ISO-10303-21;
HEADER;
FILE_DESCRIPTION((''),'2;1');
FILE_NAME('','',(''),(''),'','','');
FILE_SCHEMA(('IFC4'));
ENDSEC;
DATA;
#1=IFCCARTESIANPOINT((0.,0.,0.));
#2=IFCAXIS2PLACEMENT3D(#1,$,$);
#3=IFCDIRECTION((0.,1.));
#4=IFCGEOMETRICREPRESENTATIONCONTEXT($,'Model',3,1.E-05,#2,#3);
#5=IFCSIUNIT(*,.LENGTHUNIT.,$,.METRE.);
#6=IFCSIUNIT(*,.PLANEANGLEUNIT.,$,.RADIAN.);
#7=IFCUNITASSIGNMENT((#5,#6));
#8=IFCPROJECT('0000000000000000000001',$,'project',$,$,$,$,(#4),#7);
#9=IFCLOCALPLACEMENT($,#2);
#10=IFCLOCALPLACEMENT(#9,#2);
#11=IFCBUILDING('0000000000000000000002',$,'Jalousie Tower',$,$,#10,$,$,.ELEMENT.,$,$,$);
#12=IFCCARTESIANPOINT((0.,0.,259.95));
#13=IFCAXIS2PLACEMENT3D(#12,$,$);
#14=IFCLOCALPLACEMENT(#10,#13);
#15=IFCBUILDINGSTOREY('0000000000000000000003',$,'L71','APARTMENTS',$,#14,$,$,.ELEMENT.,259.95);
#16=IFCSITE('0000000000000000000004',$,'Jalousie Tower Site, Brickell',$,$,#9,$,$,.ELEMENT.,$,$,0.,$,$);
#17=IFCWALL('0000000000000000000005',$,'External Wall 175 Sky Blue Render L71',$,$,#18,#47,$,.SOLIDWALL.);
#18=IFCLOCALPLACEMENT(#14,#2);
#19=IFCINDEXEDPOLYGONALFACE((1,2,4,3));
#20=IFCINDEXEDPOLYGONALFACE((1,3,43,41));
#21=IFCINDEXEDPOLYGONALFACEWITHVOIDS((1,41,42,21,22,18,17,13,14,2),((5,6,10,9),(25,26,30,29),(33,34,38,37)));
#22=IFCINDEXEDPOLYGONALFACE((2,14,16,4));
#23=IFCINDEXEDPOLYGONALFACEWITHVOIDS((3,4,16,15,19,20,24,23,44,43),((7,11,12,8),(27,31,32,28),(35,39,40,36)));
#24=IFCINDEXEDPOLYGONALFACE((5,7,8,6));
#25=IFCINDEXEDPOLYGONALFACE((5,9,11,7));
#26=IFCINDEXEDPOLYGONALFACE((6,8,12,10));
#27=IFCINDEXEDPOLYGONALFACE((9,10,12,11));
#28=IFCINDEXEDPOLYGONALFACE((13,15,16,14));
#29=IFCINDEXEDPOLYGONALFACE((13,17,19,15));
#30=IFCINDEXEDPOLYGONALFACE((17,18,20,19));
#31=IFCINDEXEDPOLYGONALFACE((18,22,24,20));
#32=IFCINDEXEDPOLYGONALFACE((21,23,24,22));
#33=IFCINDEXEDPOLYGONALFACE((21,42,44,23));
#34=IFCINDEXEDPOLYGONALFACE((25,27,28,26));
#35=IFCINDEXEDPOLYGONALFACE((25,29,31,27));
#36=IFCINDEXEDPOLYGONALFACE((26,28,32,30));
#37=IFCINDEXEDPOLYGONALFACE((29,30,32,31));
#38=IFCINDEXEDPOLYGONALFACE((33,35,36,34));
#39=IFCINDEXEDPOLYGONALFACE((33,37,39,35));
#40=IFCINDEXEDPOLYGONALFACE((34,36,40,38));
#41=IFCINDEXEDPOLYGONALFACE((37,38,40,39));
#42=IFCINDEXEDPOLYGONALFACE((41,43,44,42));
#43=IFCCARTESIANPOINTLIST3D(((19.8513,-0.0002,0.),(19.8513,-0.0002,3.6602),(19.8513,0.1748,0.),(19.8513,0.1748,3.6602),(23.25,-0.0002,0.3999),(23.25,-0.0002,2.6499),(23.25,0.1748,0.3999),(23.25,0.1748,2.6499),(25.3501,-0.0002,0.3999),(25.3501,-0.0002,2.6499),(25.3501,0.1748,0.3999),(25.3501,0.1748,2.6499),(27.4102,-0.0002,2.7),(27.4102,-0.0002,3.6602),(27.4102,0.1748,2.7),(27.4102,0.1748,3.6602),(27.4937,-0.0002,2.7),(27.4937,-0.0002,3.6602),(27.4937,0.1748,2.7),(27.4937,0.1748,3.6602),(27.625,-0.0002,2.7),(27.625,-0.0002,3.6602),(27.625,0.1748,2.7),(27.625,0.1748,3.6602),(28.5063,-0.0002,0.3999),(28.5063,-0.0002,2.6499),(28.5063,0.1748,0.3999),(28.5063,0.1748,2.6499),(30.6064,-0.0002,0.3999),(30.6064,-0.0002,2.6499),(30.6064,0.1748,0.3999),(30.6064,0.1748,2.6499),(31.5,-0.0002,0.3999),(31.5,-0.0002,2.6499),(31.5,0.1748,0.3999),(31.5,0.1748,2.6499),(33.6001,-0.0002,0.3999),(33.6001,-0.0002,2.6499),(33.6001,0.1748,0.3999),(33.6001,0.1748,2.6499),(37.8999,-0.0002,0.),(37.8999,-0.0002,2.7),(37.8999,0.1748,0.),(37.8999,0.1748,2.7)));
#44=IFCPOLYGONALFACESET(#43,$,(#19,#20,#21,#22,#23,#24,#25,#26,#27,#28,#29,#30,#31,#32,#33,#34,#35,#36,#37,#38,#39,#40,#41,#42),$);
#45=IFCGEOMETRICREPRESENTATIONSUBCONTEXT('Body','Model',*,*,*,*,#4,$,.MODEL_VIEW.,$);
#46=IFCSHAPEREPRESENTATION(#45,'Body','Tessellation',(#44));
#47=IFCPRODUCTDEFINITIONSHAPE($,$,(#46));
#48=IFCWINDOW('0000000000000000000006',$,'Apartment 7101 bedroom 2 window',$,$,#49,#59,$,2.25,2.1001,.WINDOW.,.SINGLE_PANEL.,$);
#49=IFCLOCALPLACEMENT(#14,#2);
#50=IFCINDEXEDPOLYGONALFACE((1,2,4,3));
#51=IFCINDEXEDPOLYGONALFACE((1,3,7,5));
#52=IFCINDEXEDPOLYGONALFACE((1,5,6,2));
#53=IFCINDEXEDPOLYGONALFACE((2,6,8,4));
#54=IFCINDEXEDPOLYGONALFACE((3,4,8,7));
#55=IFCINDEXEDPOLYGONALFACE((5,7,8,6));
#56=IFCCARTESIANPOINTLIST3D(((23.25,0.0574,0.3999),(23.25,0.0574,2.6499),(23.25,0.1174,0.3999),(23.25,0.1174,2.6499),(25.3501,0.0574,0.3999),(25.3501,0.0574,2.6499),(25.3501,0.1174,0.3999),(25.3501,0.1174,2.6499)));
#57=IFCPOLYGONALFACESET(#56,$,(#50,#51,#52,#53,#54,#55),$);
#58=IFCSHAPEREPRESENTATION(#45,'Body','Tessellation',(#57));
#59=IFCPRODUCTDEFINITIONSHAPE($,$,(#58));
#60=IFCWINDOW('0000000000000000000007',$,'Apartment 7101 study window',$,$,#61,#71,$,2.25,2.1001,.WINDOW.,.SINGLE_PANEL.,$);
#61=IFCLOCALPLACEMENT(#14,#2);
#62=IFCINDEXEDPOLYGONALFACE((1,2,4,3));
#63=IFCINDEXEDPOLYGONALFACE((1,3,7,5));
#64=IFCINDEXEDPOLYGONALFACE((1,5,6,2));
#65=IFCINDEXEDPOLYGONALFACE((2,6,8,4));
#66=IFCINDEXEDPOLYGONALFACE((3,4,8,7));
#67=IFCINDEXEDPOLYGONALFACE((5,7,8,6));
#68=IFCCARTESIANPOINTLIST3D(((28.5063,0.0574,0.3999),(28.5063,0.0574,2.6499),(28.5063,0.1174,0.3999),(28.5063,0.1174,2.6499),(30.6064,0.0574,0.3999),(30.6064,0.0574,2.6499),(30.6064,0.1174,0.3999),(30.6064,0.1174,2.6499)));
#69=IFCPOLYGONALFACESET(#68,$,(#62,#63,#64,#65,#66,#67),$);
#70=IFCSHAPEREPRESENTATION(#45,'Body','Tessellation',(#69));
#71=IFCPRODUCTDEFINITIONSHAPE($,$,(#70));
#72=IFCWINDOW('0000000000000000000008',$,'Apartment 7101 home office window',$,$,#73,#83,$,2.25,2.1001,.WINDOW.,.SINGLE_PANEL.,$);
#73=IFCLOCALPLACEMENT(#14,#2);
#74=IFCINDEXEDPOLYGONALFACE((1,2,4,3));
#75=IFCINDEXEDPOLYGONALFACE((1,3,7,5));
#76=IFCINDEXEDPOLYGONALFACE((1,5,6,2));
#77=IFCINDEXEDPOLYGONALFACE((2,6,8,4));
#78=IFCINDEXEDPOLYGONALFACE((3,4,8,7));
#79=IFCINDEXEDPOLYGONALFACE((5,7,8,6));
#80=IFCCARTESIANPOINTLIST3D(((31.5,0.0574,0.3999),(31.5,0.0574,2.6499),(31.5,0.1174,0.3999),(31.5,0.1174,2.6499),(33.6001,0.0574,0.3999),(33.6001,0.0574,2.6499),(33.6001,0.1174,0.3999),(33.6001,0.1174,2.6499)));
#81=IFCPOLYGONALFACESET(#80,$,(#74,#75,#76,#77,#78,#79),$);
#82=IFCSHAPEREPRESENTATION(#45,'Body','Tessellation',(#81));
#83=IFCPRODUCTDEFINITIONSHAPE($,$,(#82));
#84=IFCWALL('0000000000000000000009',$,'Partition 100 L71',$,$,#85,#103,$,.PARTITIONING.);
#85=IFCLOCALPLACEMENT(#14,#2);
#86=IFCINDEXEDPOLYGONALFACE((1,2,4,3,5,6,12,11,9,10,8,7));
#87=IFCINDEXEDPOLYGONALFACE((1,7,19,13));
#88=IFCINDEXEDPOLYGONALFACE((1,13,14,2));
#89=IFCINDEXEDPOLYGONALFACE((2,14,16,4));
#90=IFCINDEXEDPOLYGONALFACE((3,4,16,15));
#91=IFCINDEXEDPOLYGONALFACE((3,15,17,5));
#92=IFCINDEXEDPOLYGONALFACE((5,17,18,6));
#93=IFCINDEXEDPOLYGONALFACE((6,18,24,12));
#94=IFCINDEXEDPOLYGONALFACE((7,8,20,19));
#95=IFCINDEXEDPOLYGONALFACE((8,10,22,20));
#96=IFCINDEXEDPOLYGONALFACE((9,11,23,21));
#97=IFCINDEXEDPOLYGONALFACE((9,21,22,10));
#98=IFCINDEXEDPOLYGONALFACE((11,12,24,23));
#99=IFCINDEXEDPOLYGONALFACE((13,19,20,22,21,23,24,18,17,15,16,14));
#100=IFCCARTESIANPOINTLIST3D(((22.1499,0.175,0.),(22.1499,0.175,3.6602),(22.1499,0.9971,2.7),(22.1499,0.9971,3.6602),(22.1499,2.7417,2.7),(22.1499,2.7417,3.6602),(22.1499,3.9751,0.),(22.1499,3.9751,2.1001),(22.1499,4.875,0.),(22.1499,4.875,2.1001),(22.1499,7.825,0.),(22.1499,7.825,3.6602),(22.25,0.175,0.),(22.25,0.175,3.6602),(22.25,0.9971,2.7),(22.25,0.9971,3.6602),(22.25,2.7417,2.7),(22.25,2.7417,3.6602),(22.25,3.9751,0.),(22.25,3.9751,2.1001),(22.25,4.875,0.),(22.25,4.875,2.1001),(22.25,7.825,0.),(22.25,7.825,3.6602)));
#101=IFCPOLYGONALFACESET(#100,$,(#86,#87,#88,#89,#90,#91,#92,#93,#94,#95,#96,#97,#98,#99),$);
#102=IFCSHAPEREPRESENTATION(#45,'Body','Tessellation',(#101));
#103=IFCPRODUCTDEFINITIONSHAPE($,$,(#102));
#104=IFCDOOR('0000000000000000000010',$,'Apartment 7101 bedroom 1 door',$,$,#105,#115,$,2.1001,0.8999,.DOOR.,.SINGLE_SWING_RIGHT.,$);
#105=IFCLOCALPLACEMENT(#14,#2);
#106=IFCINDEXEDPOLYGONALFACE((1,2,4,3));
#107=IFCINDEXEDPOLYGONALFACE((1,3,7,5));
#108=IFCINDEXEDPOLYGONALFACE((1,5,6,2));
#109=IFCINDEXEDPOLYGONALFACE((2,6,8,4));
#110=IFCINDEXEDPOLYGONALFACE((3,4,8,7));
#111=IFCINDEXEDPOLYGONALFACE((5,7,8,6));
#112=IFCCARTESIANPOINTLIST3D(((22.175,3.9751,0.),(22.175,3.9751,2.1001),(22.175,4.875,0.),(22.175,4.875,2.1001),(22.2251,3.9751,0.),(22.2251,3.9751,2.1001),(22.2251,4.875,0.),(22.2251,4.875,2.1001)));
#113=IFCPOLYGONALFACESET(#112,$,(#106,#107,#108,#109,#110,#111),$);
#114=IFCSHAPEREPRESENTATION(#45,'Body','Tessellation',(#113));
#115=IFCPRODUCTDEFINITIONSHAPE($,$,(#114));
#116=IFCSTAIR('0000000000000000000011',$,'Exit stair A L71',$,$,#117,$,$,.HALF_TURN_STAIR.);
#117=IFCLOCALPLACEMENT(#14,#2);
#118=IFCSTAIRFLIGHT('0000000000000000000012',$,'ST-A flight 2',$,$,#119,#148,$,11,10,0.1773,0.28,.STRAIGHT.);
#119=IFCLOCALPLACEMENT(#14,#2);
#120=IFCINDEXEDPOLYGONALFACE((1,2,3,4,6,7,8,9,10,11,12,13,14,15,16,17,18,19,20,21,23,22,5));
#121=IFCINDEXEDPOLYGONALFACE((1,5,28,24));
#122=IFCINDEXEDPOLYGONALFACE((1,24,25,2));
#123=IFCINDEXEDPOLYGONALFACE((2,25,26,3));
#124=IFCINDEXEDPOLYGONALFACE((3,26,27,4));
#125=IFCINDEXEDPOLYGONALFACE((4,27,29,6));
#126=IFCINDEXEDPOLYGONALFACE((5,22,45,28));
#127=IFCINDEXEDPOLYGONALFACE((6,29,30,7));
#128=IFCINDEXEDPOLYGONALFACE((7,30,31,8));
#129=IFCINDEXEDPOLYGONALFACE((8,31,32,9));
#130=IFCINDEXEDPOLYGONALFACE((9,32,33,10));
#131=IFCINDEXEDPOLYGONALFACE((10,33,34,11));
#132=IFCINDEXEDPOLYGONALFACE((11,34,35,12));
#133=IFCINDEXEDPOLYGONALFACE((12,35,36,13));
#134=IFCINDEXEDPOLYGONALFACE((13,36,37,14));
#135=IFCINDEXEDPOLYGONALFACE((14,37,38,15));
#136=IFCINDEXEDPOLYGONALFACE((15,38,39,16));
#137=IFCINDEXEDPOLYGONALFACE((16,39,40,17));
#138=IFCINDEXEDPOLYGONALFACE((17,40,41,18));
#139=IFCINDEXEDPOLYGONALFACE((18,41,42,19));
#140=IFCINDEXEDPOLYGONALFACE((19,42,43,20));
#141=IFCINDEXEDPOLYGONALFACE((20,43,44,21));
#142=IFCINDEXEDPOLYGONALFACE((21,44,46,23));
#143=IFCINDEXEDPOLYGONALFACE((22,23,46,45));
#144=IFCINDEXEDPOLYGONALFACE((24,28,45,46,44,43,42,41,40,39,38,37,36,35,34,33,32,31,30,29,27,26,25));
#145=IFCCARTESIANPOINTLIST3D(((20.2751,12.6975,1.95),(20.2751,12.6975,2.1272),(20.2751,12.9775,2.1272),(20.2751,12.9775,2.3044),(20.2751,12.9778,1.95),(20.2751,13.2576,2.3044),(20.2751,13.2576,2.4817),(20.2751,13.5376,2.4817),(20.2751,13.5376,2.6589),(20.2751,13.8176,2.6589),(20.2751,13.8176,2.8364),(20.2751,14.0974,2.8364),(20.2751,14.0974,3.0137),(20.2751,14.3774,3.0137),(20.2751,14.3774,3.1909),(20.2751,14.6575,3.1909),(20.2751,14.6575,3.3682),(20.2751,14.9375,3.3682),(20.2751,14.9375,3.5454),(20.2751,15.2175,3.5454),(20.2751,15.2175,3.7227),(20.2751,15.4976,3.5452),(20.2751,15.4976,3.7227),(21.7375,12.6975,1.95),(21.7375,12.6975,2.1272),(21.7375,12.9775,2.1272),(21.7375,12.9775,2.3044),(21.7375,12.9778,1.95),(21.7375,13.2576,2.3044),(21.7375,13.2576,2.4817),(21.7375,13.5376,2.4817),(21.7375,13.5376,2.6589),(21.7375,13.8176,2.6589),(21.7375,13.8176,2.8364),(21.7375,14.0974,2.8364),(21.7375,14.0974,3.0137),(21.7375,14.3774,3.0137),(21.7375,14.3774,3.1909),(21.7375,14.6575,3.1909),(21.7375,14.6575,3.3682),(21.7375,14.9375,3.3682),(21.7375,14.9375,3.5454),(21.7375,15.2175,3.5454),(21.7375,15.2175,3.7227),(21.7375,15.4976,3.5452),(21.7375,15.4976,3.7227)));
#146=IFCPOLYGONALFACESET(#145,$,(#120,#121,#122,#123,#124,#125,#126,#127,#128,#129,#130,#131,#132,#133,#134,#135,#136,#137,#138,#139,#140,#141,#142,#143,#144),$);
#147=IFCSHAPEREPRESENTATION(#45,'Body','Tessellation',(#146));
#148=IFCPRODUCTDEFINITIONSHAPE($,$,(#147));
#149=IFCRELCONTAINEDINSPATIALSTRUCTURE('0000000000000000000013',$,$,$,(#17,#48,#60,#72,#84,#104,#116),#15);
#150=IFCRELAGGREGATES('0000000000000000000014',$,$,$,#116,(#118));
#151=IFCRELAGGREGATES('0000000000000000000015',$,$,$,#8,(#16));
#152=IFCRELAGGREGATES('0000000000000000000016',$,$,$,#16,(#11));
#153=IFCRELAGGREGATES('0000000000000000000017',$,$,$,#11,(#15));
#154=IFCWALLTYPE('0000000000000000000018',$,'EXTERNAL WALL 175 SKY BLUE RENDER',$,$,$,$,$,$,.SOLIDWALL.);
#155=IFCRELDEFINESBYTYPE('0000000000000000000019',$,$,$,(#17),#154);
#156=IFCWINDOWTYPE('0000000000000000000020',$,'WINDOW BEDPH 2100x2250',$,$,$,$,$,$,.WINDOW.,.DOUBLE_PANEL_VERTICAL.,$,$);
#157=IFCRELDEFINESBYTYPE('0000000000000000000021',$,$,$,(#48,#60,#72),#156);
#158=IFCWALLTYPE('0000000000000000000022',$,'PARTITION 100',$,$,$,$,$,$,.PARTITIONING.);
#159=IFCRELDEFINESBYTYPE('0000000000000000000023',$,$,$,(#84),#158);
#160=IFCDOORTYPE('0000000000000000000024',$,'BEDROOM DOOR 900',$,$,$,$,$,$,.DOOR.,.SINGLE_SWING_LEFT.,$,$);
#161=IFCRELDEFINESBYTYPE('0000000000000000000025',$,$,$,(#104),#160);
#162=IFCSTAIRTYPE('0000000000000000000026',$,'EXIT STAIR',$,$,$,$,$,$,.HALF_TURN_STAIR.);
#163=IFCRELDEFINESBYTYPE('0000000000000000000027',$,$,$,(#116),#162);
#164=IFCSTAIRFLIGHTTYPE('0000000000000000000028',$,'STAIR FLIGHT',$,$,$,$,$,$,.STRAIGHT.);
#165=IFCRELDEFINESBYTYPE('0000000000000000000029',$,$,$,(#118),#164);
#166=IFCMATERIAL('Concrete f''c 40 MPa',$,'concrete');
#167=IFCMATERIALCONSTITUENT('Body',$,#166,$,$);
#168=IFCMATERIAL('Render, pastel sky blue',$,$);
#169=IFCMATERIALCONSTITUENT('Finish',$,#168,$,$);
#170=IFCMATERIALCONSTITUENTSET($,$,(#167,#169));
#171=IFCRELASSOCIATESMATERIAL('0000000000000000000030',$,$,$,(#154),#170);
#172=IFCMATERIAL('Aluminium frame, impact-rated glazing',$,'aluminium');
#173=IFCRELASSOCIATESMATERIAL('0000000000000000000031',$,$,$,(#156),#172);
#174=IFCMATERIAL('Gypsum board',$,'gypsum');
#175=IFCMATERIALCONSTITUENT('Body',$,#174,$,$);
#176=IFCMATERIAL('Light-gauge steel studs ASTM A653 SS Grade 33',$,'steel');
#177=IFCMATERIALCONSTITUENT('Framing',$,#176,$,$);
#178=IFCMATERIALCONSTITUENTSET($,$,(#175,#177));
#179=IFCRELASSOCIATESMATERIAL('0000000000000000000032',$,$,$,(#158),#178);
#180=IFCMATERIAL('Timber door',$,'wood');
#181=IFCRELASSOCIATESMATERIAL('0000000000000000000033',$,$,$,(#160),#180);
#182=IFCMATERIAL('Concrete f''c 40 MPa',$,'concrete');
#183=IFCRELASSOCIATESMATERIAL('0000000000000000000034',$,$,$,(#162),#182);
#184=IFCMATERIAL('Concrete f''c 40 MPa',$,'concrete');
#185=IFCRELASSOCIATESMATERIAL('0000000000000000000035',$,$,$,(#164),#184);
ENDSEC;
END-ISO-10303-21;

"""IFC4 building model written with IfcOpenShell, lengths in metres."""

from ifc_helpers import new_model, si_unit, direction, frame, frame_2d, origin, place, context, subcontext, project, spatial, polyline, rectangle, outline, extrude, material, constituent, constituent_set, type_object, element, fill, aggregate, save


model = new_model("IFC4")

# Units and contexts
model_context = context("Model", 3, precision=1e-05, world=origin(), true_north=direction((0.0, 1.0)))
body_context = subcontext(model_context, "Body", "Model", "MODEL_VIEW")
ifc_project = project(units=[si_unit("LENGTHUNIT", "METRE"), si_unit("PLANEANGLEUNIT", "RADIAN")], contexts=[model_context])

# Site, building, storey
site_placement = place(None, origin())
site = spatial("IfcSite", under=ifc_project, at=site_placement, Name="Jalousie Tower Site, Brickell", CompositionType="ELEMENT", RefElevation=0.0)
building_placement = place(site_placement, origin())
building = spatial("IfcBuilding", under=site, at=building_placement, Name="Jalousie Tower", CompositionType="ELEMENT")
storey_placement = place(building_placement, frame((0.0, 0.0, 259.95)))
storey = spatial("IfcBuildingStorey", under=building, at=storey_placement, Name="L71", Description="APARTMENTS", CompositionType="ELEMENT", Elevation=259.95)

# Wall, openings, windows
ifc_material_1 = material(Name="Concrete f'c 40 MPa", Category="concrete")
ifc_constituent_1 = constituent(ifc_material_1, Name="Body")
ifc_material_2 = material(Name="Render, pastel sky blue")
ifc_constituent_2 = constituent(ifc_material_2, Name="Finish")
ifc_constituent_set_1 = constituent_set(constituents=[ifc_constituent_1, ifc_constituent_2])
wall_type_1 = type_object("IfcWallType", Name="EXTERNAL WALL 175 SKY BLUE RENDER", PredefinedType="SOLIDWALL", material=ifc_constituent_set_1)
wall_1_placement = place(storey_placement, frame((19.8513, 0.0874, 0.0), z_axis=(0.0, 0.0, 1.0), x_axis=(1.0, 0.0, 0.0)))
wall_1 = element("IfcWall", 1, at=wall_1_placement, inside=storey, type_object=wall_type_1, Name="External Wall 175 Sky Blue Render L71", PredefinedType="SOLIDWALL", context=body_context, shape_type="SweptSolid", body=[
    extrude(outline(polyline([(0.0, 0.0), (18.0486, 0.0), (18.0486, 2.7), (7.7737, 2.7), (7.7737, 3.6602), (7.6423, 3.6602), (7.6423, 2.7), (7.5588, 2.7), (7.5588, 3.6602), (0.0, 3.6602), (0.0, 0.0)])), frame((0.0, 0.0874, 0.0), z_axis=(0.0, -1.0, 0.0), x_axis=(1.0, 0.0, 0.0)), (0.0, 0.0, 1.0), 0.175),
])
opening_1_placement = place(wall_1_placement, frame((3.3987, 0.0, 0.3999)))
opening_1 = element("IfcOpeningElement", 2, at=opening_1_placement, cuts=wall_1, PredefinedType="OPENING", context=body_context, shape_type="SweptSolid", body=[
    extrude(rectangle(XDim=2.1001, YDim=2.25, at=frame_2d((1.05, 1.125))), frame((0.0, 0.0974, 0.0), z_axis=(0.0, -1.0, 0.0), x_axis=(1.0, 0.0, 0.0)), (0.0, 0.0, 1.0), 0.1951),
])
opening_2_placement = place(wall_1_placement, frame((8.655, 0.0, 0.3999)))
opening_2 = element("IfcOpeningElement", 3, at=opening_2_placement, cuts=wall_1, PredefinedType="OPENING", context=body_context, shape_type="SweptSolid", body=[
    extrude(rectangle(XDim=2.1001, YDim=2.25, at=frame_2d((1.05, 1.125))), frame((0.0, 0.0974, 0.0), z_axis=(0.0, -1.0, 0.0), x_axis=(1.0, 0.0, 0.0)), (0.0, 0.0, 1.0), 0.1951),
])
opening_3_placement = place(wall_1_placement, frame((11.6487, 0.0, 0.3999)))
opening_3 = element("IfcOpeningElement", 4, at=opening_3_placement, cuts=wall_1, PredefinedType="OPENING", context=body_context, shape_type="SweptSolid", body=[
    extrude(rectangle(XDim=2.1001, YDim=2.25, at=frame_2d((1.05, 1.125))), frame((0.0, 0.0974, 0.0), z_axis=(0.0, -1.0, 0.0), x_axis=(1.0, 0.0, 0.0)), (0.0, 0.0, 1.0), 0.1951),
])
ifc_material_3 = material(Name="Aluminium frame, impact-rated glazing", Category="aluminium")
window_type = type_object("IfcWindowType", Name="WINDOW BEDPH 2100x2250", PartitioningType="DOUBLE_PANEL_VERTICAL", PredefinedType="WINDOW", material=ifc_material_3)
window_1_placement = place(opening_1_placement, origin())
window_1 = element("IfcWindow", 5, at=window_1_placement, inside=storey, type_object=window_type, Name="Apartment 7101 bedroom 2 window", OverallHeight=2.25, OverallWidth=2.1001, PartitioningType="SINGLE_PANEL", PredefinedType="WINDOW", context=body_context, shape_type="SweptSolid", body=[
    extrude(rectangle(XDim=2.1001, YDim=2.25, at=frame_2d((1.05, 1.125))), frame((0.0, 0.03, 0.0), z_axis=(0.0, -1.0, 0.0), x_axis=(1.0, 0.0, 0.0)), (0.0, 0.0, 1.0), 0.0601),
])
fill(opening_1, window_1)
window_2_placement = place(opening_2_placement, origin())
window_2 = element("IfcWindow", 6, at=window_2_placement, inside=storey, type_object=window_type, Name="Apartment 7101 study window", OverallHeight=2.25, OverallWidth=2.1001, PartitioningType="SINGLE_PANEL", PredefinedType="WINDOW", context=body_context, shape_type="SweptSolid", body=[
    extrude(rectangle(XDim=2.1001, YDim=2.25, at=frame_2d((1.05, 1.125))), frame((0.0, 0.03, 0.0), z_axis=(0.0, -1.0, 0.0), x_axis=(1.0, 0.0, 0.0)), (0.0, 0.0, 1.0), 0.0601),
])
fill(opening_2, window_2)
window_3_placement = place(opening_3_placement, origin())
window_3 = element("IfcWindow", 7, at=window_3_placement, inside=storey, type_object=window_type, Name="Apartment 7101 home office window", OverallHeight=2.25, OverallWidth=2.1001, PartitioningType="SINGLE_PANEL", PredefinedType="WINDOW", context=body_context, shape_type="SweptSolid", body=[
    extrude(rectangle(XDim=2.1001, YDim=2.25, at=frame_2d((1.05, 1.125))), frame((0.0, 0.03, 0.0), z_axis=(0.0, -1.0, 0.0), x_axis=(1.0, 0.0, 0.0)), (0.0, 0.0, 1.0), 0.0601),
])
fill(opening_3, window_3)

# Wall, opening, door
ifc_material_4 = material(Name="Gypsum board", Category="gypsum")
ifc_constituent_3 = constituent(ifc_material_4, Name="Body")
ifc_material_5 = material(Name="Light-gauge steel studs ASTM A653 SS Grade 33", Category="steel")
ifc_constituent_4 = constituent(ifc_material_5, Name="Framing")
ifc_constituent_set_2 = constituent_set(constituents=[ifc_constituent_3, ifc_constituent_4])
wall_type_2 = type_object("IfcWallType", Name="PARTITION 100", PredefinedType="PARTITIONING", material=ifc_constituent_set_2)
wall_2_placement = place(storey_placement, frame((22.2, 0.175, 0.0), z_axis=(0.0, 0.0, 1.0), x_axis=(0.0, 1.0, 0.0)))
wall_2 = element("IfcWall", 8, at=wall_2_placement, inside=storey, type_object=wall_type_2, Name="Partition 100 L71", PredefinedType="PARTITIONING", context=body_context, shape_type="SweptSolid", body=[
    extrude(outline(polyline([(0.0, 0.0), (7.6499, 0.0), (7.6499, 3.6602), (2.5667, 3.6602), (2.5667, 2.7), (0.822, 2.7), (0.822, 3.6602), (0.0, 3.6602), (0.0, 0.0)])), frame((0.0, 0.05, 0.0), z_axis=(0.0, -1.0, 0.0), x_axis=(1.0, 0.0, 0.0)), (0.0, 0.0, 1.0), 0.1001),
])
opening_4_placement = place(wall_2_placement, frame((3.8, 0.0, 0.0)))
opening_4 = element("IfcOpeningElement", 9, at=opening_4_placement, cuts=wall_2, PredefinedType="OPENING", context=body_context, shape_type="SweptSolid", body=[
    extrude(rectangle(XDim=0.8999, YDim=2.1001, at=frame_2d((0.45, 1.05))), frame((0.0, 0.0601, 0.0), z_axis=(0.0, -1.0, 0.0), x_axis=(1.0, 0.0, 0.0)), (0.0, 0.0, 1.0), 0.1201),
])
ifc_material_6 = material(Name="Timber door", Category="wood")
door_type_1 = type_object("IfcDoorType", Name="BEDROOM DOOR 900", OperationType="SINGLE_SWING_LEFT", PredefinedType="DOOR", material=ifc_material_6)
door_1_placement = place(opening_4_placement, origin())
door_1 = element("IfcDoor", 10, at=door_1_placement, inside=storey, type_object=door_type_1, Name="Apartment 7101 bedroom 1 door", OperationType="SINGLE_SWING_RIGHT", OverallHeight=2.1001, OverallWidth=0.8999, PredefinedType="DOOR", context=body_context, shape_type="SweptSolid", body=[
    extrude(rectangle(XDim=0.8999, YDim=2.1001, at=frame_2d((0.45, 1.05))), frame((0.0, 0.0249, 0.0), z_axis=(0.0, -1.0, 0.0), x_axis=(1.0, 0.0, 0.0)), (0.0, 0.0, 1.0), 0.05),
])
fill(opening_4, door_1)

# Stair, stair flight
ifc_material_7 = material(Name="Concrete f'c 40 MPa", Category="concrete")
stair_type = type_object("IfcStairType", Name="EXIT STAIR", PredefinedType="HALF_TURN_STAIR", material=ifc_material_7)
stair_placement = place(storey_placement, origin())
stair = element("IfcStair", 11, at=stair_placement, inside=storey, type_object=stair_type, Name="Exit stair A L71", PredefinedType="HALF_TURN_STAIR")
ifc_material_8 = material(Name="Concrete f'c 40 MPa", Category="concrete")
stair_flight_type = type_object("IfcStairFlightType", Name="STAIR FLIGHT", PredefinedType="STRAIGHT", material=ifc_material_8)
stair_flight_placement = place(storey_placement, frame((21.0063, 12.6975, 1.95), z_axis=(0.0, 0.0, 1.0), x_axis=(0.0, 1.0, 0.0)))
stair_flight = element("IfcStairFlight", 12, at=stair_flight_placement, type_object=stair_flight_type, Name="ST-A flight 2", NumberOfRisers=11, NumberOfTreads=10, PredefinedType="STRAIGHT", RiserHeight=0.1773, TreadLength=0.28, context=body_context, shape_type="SweptSolid", body=[
    extrude(outline(polyline([(0.0, 0.0), (0.0, 0.1772), (0.28, 0.1772), (0.28, 0.3545), (0.5601, 0.3545), (0.5601, 0.5317), (0.8401, 0.5317), (0.8401, 0.709), (1.1201, 0.709), (1.1201, 0.8865), (1.3999, 0.8865), (1.3999, 1.0637), (1.6799, 1.0637), (1.6799, 1.241), (1.96, 1.241), (1.96, 1.4182), (2.24, 1.4182), (2.24, 1.5955), (2.52, 1.5955), (2.52, 1.7727), (2.8, 1.7727), (2.8, 1.95), (2.8, 1.5952), (0.2803, 0.0), (0.0, 0.0)])), frame((0.0, 0.7312, 0.0), z_axis=(0.0, -1.0, 0.0), x_axis=(1.0, 0.0, 0.0)), (0.0, 0.0, 1.0), 1.4624),
])
aggregate(stair, [stair_flight])

save(model, "model.ifc")
